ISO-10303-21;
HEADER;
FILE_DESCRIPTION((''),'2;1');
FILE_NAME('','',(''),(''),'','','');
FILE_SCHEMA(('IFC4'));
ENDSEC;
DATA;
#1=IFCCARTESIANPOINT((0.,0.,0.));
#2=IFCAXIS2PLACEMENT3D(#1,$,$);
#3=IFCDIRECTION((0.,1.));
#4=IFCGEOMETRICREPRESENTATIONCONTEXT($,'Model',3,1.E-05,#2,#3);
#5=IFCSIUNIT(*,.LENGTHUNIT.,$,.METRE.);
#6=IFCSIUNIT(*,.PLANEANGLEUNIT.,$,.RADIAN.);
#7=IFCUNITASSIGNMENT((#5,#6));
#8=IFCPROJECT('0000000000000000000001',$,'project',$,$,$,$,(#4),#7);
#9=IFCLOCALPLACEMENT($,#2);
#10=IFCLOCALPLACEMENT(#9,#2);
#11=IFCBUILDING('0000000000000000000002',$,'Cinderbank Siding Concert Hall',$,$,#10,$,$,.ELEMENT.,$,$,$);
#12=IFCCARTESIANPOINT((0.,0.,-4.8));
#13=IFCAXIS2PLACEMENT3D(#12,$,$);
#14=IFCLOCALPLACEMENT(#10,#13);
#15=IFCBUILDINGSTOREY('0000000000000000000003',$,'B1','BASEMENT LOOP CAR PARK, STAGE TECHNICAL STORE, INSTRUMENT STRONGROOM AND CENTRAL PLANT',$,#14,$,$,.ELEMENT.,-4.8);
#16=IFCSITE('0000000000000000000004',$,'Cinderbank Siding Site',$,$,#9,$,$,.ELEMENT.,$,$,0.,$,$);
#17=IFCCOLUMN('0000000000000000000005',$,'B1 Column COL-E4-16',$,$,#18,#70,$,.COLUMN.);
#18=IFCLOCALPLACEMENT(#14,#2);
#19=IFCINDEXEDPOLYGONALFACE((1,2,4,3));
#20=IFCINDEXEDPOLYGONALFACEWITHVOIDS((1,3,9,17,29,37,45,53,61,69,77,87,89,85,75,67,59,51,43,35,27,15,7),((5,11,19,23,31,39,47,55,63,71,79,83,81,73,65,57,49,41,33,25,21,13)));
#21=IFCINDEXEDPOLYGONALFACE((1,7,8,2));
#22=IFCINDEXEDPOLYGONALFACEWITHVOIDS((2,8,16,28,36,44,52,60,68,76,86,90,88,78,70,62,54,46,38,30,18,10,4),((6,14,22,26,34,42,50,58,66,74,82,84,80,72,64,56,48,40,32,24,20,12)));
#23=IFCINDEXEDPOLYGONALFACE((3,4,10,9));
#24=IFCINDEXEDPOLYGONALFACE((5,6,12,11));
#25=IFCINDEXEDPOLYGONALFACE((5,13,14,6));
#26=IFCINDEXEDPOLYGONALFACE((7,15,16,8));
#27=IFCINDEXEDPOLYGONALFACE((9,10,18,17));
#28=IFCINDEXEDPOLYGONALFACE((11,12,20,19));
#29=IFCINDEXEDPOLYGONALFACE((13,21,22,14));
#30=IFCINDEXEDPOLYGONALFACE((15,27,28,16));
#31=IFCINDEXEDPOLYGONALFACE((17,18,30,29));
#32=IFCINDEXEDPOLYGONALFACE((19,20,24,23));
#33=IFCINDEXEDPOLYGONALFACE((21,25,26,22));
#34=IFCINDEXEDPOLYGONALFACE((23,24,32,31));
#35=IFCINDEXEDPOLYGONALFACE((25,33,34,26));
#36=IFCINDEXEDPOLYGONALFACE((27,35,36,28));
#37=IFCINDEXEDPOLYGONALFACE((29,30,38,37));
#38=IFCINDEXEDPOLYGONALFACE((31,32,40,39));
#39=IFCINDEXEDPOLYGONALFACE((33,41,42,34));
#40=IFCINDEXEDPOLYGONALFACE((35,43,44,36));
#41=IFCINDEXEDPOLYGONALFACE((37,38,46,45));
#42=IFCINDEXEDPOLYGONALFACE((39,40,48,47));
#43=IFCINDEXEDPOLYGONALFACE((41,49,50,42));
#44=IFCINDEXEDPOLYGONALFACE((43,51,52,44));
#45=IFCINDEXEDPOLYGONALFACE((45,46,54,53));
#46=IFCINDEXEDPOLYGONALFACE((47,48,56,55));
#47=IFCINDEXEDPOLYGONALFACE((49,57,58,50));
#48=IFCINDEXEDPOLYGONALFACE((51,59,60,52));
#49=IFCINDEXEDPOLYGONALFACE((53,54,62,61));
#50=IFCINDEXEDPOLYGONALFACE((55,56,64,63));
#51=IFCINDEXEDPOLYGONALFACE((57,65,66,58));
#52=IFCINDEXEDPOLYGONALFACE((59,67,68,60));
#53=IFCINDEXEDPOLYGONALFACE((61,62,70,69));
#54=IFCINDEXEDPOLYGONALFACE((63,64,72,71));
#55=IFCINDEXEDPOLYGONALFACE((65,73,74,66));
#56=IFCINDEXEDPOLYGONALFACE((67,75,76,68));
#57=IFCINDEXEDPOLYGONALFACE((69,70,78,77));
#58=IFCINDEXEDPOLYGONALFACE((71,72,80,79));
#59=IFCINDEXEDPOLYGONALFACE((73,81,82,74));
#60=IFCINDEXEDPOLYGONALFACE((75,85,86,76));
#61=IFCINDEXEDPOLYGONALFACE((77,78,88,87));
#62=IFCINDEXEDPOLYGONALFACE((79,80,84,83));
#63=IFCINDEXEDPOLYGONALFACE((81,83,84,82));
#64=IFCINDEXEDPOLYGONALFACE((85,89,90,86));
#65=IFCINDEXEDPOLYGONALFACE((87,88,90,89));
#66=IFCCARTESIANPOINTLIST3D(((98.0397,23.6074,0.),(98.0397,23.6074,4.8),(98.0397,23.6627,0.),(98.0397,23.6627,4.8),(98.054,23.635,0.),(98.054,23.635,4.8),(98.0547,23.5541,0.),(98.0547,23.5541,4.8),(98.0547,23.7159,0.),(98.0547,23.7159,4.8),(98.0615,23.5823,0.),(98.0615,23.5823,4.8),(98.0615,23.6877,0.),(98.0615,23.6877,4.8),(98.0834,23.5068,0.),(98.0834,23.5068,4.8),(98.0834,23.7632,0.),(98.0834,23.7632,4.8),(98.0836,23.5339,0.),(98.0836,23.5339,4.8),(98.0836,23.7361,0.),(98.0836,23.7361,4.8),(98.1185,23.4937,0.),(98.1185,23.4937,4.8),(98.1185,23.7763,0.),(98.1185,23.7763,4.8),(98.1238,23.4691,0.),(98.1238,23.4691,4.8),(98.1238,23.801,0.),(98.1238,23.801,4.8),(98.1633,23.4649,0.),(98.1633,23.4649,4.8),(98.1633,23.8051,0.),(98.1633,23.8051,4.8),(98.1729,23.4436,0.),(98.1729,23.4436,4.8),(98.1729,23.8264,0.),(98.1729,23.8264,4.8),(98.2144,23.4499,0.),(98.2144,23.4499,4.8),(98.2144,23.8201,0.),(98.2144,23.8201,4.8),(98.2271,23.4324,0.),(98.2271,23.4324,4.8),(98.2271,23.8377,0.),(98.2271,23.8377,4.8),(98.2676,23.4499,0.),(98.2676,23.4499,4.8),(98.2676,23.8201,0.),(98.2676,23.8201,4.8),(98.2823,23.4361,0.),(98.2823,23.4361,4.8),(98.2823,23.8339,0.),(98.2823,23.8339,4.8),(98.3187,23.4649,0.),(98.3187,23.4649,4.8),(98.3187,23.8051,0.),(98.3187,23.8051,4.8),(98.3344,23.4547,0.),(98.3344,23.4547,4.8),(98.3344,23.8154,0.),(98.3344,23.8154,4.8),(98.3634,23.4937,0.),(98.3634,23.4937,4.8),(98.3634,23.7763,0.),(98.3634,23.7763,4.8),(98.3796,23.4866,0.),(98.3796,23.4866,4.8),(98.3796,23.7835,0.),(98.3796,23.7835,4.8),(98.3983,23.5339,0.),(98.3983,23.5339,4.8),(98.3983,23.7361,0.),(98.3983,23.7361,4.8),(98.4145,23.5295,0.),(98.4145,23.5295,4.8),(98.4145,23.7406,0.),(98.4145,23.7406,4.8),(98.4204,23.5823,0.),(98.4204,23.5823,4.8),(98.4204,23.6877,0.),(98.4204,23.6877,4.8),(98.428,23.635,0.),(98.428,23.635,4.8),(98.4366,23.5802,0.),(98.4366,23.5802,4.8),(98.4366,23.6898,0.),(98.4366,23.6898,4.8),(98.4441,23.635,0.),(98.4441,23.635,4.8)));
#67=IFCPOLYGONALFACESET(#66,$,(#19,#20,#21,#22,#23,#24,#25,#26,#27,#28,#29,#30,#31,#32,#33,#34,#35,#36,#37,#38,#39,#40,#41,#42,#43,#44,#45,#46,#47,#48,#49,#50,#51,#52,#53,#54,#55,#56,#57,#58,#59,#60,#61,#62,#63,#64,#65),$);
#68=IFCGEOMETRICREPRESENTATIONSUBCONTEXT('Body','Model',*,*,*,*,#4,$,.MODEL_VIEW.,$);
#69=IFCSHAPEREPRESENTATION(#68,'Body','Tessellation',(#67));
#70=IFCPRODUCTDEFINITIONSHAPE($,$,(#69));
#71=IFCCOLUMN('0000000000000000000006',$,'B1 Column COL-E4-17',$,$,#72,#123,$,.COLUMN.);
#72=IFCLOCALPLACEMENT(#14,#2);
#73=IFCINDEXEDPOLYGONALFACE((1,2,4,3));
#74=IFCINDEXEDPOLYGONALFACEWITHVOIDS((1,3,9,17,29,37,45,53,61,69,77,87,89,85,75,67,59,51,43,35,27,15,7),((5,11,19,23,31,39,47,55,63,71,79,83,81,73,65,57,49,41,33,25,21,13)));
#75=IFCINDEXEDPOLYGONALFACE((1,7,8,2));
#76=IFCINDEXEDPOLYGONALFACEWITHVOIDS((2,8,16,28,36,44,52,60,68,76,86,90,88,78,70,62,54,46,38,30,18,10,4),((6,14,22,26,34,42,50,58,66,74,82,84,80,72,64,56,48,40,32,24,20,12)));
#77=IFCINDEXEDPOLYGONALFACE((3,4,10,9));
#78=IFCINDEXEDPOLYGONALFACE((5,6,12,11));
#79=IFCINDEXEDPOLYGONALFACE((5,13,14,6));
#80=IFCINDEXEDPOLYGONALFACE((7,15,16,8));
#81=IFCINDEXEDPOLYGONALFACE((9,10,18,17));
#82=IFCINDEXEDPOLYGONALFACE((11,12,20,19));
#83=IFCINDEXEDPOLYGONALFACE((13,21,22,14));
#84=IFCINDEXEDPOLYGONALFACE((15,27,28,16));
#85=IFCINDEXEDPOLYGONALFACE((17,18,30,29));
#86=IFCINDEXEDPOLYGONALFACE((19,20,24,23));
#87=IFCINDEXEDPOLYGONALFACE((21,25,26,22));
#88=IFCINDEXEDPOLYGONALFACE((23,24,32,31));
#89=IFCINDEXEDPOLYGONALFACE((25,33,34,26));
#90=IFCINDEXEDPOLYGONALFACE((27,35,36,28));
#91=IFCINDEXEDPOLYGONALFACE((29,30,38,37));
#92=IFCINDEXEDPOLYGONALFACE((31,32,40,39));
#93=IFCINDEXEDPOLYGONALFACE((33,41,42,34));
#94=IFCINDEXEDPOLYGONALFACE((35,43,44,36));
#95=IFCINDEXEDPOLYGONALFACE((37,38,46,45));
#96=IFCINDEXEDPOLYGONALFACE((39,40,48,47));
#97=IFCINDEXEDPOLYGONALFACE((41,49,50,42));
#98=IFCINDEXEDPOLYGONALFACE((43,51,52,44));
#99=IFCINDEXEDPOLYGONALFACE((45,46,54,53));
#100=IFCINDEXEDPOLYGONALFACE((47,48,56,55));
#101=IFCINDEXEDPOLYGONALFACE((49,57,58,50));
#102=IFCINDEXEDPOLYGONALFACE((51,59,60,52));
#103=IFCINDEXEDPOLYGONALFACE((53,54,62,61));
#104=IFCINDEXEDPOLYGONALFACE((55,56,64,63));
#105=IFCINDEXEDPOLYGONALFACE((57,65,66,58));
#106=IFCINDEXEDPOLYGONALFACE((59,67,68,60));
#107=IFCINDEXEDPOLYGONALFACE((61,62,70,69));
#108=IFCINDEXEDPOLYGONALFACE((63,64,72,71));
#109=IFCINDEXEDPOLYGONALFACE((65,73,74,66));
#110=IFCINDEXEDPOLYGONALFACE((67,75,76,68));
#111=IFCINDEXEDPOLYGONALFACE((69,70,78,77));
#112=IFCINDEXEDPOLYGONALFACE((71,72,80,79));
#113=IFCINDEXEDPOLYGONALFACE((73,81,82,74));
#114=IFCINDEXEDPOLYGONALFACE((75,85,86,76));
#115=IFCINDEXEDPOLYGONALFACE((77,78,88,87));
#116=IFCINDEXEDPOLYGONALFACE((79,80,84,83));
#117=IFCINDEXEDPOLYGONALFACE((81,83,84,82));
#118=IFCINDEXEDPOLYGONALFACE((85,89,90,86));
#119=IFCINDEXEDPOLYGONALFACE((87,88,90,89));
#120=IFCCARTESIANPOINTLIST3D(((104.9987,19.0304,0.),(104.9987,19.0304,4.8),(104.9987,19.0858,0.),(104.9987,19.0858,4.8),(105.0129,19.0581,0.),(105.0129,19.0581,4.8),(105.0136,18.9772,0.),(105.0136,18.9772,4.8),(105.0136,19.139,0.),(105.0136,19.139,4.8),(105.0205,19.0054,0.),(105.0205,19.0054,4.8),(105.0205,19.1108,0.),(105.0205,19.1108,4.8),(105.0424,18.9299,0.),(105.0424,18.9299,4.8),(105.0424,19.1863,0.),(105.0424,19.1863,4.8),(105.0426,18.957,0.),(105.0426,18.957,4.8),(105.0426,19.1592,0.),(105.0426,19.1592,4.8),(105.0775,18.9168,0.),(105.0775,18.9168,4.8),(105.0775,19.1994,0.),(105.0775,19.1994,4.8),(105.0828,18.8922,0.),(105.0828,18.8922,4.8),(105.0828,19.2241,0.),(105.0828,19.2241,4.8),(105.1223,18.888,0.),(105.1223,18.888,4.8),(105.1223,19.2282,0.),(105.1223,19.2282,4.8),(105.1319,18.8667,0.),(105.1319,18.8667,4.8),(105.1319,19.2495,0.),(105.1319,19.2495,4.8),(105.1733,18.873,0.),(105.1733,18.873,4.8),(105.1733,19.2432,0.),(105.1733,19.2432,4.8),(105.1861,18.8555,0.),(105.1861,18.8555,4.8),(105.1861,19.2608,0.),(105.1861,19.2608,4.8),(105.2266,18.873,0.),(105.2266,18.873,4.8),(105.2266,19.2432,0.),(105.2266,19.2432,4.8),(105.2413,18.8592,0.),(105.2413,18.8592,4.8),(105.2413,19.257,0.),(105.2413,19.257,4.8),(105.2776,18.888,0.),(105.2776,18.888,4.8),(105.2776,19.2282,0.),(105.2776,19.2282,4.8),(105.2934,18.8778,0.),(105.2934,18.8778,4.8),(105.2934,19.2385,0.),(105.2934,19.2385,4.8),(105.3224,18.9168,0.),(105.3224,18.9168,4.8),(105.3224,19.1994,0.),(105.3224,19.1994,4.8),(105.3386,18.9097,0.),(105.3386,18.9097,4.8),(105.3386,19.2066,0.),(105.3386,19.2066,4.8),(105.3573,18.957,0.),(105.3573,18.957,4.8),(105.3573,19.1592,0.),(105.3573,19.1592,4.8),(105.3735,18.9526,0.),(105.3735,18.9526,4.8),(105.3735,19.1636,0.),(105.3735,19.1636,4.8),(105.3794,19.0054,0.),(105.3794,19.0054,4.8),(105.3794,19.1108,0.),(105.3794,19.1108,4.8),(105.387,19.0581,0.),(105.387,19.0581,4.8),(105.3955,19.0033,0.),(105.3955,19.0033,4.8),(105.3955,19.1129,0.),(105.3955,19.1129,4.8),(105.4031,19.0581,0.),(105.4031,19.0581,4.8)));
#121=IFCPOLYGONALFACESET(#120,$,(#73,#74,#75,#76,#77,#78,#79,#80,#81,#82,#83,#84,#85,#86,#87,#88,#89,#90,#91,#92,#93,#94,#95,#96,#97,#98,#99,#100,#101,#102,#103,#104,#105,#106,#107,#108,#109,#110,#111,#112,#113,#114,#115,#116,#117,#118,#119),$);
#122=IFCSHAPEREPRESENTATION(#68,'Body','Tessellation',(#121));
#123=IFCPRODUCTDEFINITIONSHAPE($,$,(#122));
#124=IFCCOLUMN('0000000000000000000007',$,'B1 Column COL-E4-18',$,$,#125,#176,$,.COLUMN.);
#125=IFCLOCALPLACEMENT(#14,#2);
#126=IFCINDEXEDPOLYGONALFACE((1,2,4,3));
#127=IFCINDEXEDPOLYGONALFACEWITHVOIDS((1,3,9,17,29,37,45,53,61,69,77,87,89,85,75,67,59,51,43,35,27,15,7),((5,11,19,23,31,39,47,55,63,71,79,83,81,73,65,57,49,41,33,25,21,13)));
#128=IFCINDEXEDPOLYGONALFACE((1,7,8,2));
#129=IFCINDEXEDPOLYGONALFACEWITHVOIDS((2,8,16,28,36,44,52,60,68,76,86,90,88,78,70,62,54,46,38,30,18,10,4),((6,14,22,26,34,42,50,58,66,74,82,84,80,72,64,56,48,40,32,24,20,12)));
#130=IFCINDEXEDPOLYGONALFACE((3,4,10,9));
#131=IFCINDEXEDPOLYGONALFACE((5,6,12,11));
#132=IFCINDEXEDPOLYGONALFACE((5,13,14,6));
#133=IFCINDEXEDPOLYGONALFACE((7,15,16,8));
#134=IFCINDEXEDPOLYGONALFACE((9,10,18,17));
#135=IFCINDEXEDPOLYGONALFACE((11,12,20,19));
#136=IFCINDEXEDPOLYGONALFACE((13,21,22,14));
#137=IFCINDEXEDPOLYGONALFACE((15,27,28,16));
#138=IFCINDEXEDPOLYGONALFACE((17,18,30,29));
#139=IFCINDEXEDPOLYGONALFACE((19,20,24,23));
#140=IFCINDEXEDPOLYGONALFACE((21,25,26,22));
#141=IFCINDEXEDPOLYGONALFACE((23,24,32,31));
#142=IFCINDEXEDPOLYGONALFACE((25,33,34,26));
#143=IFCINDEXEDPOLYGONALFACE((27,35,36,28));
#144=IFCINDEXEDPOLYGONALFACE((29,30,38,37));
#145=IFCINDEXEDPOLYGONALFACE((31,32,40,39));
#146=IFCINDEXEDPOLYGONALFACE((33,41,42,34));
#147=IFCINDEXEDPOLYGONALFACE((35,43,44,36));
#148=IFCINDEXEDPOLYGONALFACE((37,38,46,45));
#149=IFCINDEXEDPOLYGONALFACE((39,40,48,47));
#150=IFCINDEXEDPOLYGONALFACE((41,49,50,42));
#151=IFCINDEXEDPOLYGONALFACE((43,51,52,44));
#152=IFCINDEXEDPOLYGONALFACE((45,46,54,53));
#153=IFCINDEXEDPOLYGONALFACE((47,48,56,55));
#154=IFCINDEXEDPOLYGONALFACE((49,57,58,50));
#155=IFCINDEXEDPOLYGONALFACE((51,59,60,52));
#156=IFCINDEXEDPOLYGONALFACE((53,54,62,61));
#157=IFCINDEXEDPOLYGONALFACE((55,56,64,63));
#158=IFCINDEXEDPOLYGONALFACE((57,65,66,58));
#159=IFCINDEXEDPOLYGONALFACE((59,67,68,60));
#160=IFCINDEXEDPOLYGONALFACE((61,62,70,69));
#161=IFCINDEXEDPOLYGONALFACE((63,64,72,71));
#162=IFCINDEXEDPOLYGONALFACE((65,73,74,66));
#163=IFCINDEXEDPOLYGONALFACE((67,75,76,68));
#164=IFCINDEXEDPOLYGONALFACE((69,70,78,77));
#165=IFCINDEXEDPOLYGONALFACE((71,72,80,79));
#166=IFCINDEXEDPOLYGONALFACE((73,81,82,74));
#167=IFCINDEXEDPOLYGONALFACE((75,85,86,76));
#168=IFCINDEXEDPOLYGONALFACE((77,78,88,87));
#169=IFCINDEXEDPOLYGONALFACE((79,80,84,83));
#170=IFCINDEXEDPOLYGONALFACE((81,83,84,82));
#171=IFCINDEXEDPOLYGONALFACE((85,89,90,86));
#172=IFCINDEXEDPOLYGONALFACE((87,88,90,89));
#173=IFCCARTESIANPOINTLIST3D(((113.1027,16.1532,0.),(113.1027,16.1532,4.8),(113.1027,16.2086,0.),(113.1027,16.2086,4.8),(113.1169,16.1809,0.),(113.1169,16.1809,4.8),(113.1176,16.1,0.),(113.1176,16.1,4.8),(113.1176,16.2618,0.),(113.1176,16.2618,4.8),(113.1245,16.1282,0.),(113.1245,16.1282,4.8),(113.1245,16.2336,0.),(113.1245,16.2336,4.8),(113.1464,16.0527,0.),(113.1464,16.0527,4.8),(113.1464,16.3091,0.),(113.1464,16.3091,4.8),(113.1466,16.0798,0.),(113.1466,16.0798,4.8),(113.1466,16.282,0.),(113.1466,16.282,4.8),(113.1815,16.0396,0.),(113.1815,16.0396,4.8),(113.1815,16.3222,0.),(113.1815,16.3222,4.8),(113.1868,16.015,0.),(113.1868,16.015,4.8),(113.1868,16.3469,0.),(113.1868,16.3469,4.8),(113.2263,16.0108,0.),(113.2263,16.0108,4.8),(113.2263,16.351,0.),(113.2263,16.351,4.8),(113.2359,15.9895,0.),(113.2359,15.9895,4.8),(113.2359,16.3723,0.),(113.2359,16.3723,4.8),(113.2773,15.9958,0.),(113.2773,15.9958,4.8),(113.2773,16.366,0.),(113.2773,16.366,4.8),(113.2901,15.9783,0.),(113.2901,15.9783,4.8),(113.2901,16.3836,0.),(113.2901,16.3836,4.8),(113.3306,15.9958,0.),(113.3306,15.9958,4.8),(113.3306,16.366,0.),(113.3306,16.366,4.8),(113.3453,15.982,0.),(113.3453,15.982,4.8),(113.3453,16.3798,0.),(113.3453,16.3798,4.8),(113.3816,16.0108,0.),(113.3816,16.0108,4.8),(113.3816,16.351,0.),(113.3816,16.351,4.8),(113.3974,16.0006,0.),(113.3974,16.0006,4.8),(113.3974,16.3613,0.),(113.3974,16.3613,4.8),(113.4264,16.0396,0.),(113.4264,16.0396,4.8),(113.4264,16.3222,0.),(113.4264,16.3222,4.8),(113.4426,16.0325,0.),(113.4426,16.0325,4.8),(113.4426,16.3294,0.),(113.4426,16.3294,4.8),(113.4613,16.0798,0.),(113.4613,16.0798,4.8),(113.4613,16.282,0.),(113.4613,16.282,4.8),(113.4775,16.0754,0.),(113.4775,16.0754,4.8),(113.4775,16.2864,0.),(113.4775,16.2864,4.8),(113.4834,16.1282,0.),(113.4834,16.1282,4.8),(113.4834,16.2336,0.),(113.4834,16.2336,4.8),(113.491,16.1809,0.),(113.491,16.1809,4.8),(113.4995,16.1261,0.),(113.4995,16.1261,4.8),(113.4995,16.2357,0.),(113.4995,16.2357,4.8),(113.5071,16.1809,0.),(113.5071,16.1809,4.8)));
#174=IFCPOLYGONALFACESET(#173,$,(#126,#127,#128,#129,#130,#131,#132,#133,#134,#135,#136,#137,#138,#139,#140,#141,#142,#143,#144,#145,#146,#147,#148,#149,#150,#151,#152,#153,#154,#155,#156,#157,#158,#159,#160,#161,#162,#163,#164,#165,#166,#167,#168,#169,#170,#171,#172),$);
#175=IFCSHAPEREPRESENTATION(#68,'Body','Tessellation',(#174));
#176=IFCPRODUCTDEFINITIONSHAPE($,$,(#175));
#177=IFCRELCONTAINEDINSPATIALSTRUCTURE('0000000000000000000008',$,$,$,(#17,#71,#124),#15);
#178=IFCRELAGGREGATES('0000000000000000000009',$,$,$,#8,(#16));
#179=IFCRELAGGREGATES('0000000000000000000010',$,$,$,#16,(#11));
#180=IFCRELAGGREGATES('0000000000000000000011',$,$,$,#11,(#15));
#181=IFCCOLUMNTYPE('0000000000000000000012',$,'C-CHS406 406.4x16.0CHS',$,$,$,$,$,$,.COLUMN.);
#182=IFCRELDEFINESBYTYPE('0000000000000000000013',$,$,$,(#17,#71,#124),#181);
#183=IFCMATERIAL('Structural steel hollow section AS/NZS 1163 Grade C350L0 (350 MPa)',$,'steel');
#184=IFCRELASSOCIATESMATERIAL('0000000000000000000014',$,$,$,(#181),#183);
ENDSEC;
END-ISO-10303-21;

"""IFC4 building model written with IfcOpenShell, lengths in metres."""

from ifc_helpers import new_model, si_unit, direction, frame, origin, origin_2d, place, context, subcontext, project, spatial, hollow_circle, extrude, material, material_profile, profile_set, type_object, element, save


model = new_model("IFC4")

# Units and contexts
model_context = context("Model", 3, precision=1e-05, world=origin(), true_north=direction((0.0, 1.0)))
body_context = subcontext(model_context, "Body", "Model", "MODEL_VIEW")
ifc_project = project(units=[si_unit("LENGTHUNIT", "METRE"), si_unit("PLANEANGLEUNIT", "RADIAN")], contexts=[model_context])

# Site, building, storey
site_placement = place(None, origin())
site = spatial("IfcSite", under=ifc_project, at=site_placement, Name="Cinderbank Siding Site", CompositionType="ELEMENT", RefElevation=0.0)
building_placement = place(site_placement, origin())
building = spatial("IfcBuilding", under=site, at=building_placement, Name="Cinderbank Siding Concert Hall", CompositionType="ELEMENT")
storey_placement = place(building_placement, frame((0.0, 0.0, -4.8)))
storey = spatial("IfcBuildingStorey", under=building, at=storey_placement, Name="B1", Description="BASEMENT LOOP CAR PARK, STAGE TECHNICAL STORE, INSTRUMENT STRONGROOM AND CENTRAL PLANT", CompositionType="ELEMENT", Elevation=-4.8)

# Columns
ifc_material_1 = material(Name="Structural steel hollow section AS/NZS 1163 Grade C350L0 (350 MPa)", Category="steel")
ifc_material_profile_1 = material_profile(ifc_material_1, hollow_circle(Radius=0.2031, WallThickness=0.0161, at=origin_2d()), Name="406.4x16.0CHS", Category="LoadBearing")
ifc_profile_set_1 = profile_set([ifc_material_profile_1], Name="Structural steel hollow section AS/NZS 1163 Grade C350L0 (350 MPa)")
column_type_1 = type_object("IfcColumnType", Name="C-CHS406 406.4x16.0CHS", PredefinedType="COLUMN", material=ifc_profile_set_1)
for number, where, z_axis, x_axis, name in (
    (1, (98.241, 23.635, 0.0), (0.0, 0.0, 1.0), (1.0, 0.0, 0.0), "B1 Column COL-E4-16"),
    (2, (105.2, 19.0581, 0.0), (0.0, 0.0, 1.0), (1.0, 0.0, 0.0), "B1 Column COL-E4-17"),
    (3, (113.304, 16.1809, 0.0), (0.0, 0.0, 1.0), (1.0, 0.0, 0.0), "B1 Column COL-E4-18"),
):
    element("IfcColumn", number, at=place(storey_placement, frame(where, z_axis=z_axis, x_axis=x_axis)), inside=storey, type_object=column_type_1, Name=name, PredefinedType="COLUMN", context=body_context, shape_type="SweptSolid", body=[
        extrude(hollow_circle(Radius=0.2031, WallThickness=0.0161, at=origin_2d()), origin(), (0.0, 0.0, 1.0), 4.8),
    ])

save(model, "model.ifc")
